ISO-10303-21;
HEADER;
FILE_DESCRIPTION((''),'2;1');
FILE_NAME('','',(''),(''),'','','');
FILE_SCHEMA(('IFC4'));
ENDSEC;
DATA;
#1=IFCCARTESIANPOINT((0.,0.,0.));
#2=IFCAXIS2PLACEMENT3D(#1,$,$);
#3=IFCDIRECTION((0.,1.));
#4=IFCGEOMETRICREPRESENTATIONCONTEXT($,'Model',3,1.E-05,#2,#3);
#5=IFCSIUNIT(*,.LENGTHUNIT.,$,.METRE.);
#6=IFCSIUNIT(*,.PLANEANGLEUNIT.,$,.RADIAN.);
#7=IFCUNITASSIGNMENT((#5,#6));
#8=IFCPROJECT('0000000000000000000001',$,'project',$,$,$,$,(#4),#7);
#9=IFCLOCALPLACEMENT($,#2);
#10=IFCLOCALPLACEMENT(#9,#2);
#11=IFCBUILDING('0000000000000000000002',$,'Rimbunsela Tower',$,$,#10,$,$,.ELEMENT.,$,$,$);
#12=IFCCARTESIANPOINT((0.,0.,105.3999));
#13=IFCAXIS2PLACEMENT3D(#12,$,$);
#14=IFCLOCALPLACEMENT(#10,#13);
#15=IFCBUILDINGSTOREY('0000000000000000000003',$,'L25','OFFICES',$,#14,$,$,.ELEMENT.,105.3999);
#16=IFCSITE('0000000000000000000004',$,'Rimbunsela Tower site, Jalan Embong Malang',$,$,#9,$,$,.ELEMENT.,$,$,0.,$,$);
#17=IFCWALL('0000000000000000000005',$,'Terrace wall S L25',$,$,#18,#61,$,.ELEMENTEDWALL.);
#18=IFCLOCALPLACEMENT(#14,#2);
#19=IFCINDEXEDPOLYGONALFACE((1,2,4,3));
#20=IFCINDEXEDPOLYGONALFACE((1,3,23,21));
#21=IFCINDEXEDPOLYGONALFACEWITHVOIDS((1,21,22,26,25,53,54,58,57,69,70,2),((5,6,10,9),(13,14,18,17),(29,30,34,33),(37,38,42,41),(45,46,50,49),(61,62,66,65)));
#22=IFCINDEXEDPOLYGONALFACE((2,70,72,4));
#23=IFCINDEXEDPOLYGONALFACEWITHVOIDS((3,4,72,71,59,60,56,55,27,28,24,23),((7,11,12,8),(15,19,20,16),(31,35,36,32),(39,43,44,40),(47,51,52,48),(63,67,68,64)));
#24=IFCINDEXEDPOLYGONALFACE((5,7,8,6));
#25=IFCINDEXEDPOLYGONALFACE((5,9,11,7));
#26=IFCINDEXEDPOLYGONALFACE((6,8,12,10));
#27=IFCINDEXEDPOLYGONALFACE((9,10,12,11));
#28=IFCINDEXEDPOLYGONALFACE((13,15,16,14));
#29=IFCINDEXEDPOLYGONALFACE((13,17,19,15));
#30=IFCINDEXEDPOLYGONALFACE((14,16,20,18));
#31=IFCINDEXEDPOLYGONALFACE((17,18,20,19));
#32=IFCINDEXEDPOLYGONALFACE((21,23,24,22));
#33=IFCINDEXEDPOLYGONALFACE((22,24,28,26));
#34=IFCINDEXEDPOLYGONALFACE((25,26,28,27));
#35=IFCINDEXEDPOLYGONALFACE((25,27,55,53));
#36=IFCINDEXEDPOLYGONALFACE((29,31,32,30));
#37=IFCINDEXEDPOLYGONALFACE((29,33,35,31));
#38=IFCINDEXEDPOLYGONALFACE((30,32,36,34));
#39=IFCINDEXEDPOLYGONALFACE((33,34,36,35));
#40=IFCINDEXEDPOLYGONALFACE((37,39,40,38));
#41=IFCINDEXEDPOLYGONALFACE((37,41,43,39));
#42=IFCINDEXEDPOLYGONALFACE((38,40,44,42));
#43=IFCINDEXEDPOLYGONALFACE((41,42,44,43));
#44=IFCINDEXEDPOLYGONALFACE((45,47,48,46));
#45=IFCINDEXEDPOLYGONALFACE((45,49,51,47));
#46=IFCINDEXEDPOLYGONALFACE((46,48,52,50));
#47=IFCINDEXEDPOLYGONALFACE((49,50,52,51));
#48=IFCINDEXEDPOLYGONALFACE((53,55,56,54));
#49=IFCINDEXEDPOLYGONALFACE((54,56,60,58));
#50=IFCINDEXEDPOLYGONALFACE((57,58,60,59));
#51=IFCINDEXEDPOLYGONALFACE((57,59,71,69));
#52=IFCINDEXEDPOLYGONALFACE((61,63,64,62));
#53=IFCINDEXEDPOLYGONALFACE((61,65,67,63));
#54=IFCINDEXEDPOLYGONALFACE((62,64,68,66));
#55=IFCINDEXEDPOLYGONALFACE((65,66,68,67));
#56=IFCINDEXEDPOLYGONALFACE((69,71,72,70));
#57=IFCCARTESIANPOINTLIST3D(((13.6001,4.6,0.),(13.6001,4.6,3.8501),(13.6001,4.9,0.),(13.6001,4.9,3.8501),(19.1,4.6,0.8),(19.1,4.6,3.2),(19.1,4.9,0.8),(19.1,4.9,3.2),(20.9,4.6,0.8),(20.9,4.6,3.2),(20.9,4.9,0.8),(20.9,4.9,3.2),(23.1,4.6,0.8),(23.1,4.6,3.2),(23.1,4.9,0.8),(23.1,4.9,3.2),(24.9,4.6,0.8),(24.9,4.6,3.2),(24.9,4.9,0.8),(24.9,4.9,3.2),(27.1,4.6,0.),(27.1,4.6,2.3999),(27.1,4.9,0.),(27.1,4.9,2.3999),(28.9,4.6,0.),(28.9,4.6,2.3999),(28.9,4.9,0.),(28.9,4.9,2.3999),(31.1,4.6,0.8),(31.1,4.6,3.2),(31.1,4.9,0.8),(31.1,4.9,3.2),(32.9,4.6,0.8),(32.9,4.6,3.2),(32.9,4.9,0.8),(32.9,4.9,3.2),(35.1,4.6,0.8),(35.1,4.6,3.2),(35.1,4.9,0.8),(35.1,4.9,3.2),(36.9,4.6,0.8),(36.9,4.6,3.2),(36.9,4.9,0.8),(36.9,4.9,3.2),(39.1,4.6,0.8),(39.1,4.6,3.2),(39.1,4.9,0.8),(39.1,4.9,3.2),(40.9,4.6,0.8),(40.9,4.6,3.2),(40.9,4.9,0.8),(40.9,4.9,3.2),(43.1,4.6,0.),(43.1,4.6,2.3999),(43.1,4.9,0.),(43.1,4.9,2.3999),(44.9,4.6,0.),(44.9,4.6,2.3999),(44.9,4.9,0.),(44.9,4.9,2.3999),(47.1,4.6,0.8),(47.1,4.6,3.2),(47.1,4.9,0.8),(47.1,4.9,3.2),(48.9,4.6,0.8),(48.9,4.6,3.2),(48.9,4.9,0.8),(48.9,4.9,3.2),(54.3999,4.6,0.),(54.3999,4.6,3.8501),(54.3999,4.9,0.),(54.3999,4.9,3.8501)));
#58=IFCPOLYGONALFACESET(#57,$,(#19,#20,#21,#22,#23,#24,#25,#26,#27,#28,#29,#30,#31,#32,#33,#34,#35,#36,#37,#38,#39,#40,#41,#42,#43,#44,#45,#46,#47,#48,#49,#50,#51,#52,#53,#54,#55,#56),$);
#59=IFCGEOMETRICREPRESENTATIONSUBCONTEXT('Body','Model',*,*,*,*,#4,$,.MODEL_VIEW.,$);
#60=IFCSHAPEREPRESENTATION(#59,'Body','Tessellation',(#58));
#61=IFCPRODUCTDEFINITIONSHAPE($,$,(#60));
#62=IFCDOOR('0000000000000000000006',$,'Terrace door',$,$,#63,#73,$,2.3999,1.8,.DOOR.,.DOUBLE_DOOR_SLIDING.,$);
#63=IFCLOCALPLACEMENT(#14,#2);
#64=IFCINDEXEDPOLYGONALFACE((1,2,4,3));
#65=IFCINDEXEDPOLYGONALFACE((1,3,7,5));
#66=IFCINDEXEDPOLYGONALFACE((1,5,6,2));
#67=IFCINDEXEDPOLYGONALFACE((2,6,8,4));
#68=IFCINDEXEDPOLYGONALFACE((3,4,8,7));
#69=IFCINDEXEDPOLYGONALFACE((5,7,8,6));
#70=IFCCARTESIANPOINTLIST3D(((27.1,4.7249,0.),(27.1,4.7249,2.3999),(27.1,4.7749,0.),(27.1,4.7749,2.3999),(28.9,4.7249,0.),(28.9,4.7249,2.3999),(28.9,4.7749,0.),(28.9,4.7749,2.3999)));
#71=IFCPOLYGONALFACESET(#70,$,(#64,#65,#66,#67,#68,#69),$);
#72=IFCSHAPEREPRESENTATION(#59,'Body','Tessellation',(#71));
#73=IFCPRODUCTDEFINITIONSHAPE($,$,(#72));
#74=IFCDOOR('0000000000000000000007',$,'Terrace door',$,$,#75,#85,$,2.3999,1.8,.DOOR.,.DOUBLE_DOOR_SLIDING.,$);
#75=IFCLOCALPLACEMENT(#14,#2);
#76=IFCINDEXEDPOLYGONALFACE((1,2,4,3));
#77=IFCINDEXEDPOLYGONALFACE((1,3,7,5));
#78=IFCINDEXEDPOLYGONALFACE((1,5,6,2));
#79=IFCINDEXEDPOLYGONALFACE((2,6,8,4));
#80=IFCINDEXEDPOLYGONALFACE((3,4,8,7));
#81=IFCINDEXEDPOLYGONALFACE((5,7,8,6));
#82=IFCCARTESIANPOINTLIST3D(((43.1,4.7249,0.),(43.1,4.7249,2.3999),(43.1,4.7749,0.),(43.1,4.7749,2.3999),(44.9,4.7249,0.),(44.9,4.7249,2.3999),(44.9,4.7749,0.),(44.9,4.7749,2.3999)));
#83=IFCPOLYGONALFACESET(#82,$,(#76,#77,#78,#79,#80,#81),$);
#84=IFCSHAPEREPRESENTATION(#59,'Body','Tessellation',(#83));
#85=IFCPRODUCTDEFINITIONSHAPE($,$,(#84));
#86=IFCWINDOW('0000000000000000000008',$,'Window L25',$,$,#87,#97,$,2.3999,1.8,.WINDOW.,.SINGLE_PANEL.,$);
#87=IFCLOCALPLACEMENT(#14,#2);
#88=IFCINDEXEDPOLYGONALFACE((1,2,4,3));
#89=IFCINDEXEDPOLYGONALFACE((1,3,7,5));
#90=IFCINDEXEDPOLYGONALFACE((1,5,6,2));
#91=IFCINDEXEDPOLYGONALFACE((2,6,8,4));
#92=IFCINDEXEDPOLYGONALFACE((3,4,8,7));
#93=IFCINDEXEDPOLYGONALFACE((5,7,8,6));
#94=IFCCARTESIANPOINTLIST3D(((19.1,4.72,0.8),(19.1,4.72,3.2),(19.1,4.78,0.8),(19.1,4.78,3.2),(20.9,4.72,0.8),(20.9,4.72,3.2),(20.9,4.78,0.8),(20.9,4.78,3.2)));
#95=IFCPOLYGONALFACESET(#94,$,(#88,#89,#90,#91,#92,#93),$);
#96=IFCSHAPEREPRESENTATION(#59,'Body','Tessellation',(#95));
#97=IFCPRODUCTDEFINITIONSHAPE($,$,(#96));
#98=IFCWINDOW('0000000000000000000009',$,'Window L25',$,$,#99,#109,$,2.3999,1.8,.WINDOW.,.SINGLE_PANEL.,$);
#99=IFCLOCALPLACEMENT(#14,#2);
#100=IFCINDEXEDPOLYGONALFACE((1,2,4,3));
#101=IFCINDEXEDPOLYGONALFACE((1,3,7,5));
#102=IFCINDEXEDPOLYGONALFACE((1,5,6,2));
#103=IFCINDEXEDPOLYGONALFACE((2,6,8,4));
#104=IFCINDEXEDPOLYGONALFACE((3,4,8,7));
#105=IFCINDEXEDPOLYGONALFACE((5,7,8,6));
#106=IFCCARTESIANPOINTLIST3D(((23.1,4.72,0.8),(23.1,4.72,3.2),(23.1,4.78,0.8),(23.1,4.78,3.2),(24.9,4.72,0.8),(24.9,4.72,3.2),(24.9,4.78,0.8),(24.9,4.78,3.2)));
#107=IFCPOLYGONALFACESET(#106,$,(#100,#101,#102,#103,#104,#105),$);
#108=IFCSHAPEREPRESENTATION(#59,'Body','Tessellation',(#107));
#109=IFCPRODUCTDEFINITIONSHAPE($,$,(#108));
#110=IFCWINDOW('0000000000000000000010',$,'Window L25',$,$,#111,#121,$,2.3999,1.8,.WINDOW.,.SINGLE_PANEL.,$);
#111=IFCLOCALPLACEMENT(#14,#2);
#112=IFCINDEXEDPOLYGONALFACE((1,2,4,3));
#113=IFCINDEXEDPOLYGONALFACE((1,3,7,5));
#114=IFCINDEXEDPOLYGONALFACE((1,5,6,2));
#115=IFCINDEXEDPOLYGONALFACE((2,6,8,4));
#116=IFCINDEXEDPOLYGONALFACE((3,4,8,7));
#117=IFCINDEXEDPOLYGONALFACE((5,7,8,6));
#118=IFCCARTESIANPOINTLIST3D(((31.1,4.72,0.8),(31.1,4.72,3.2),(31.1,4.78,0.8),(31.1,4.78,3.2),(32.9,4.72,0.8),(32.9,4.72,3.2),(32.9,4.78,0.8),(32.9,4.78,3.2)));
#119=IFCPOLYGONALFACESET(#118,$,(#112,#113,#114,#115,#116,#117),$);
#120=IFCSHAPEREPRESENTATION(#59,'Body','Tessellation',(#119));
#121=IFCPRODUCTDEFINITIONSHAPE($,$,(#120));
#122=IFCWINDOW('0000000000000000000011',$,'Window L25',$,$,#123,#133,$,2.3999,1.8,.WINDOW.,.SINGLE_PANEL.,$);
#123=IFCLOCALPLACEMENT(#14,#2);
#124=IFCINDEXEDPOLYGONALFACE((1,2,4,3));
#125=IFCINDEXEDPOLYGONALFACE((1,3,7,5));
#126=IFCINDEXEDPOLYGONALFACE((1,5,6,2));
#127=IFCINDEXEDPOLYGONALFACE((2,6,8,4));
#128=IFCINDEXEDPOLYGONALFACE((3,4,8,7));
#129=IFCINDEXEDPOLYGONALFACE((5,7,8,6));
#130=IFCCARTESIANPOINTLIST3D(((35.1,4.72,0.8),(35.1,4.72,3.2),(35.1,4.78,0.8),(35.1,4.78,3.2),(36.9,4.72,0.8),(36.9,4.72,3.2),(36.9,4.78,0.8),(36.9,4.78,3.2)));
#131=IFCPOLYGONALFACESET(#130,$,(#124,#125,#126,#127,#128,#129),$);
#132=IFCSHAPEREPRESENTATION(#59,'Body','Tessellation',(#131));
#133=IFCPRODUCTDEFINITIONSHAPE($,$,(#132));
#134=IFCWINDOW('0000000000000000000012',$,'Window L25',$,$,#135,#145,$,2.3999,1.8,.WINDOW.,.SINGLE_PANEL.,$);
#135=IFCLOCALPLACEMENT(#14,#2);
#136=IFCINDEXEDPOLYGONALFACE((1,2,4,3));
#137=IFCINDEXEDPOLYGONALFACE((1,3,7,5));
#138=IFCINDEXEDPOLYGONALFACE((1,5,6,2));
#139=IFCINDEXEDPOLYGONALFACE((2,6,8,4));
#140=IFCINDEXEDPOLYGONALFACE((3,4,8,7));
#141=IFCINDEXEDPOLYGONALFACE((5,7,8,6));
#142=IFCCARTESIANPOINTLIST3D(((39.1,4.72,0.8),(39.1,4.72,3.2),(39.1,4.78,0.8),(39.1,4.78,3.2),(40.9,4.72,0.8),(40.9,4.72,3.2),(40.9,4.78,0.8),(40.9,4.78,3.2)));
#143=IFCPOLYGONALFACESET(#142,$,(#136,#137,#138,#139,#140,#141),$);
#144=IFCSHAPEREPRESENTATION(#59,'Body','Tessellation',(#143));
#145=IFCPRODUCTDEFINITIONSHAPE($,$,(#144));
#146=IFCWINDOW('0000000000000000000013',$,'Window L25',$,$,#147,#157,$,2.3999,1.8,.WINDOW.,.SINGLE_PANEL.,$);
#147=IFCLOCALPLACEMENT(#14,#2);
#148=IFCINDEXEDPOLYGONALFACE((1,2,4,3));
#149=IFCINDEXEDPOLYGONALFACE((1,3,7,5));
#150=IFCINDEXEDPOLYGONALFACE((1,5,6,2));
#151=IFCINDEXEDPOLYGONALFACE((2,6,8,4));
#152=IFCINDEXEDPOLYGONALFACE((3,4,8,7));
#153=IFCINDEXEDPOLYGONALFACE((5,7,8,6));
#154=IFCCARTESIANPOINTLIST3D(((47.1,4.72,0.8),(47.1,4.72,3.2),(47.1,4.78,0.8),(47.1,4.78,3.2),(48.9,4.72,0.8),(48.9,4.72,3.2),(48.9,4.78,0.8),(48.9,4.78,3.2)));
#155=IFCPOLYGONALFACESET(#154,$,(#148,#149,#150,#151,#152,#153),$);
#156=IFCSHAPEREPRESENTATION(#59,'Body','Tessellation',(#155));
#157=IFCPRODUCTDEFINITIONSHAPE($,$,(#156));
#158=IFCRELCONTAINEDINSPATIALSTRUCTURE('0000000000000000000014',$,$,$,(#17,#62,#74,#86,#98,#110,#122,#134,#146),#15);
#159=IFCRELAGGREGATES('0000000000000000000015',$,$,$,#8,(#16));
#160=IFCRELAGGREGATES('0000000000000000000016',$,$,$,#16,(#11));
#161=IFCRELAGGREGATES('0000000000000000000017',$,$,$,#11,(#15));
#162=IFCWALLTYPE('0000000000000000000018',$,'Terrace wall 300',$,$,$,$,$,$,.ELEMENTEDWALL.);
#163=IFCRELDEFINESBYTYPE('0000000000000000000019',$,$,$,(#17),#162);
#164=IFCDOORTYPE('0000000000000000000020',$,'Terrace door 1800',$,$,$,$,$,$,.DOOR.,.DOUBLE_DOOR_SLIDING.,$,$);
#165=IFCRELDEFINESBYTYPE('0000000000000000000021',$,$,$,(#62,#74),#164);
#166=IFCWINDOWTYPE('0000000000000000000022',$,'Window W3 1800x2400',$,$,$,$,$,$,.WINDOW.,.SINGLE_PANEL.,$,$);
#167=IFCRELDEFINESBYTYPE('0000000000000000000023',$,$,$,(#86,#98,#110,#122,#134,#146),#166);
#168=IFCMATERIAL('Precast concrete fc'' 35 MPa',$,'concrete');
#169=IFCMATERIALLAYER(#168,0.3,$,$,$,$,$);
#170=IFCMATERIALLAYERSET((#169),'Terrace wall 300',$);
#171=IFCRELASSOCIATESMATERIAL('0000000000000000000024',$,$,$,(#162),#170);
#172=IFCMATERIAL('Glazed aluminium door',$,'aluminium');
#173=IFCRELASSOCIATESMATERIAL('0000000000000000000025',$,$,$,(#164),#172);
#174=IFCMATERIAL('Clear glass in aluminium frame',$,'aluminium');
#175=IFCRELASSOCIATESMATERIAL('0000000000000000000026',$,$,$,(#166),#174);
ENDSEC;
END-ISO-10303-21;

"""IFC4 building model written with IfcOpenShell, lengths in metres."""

from ifc_helpers import new_model, si_unit, direction, frame, frame_2d, origin, place, context, subcontext, project, spatial, rectangle, extrude, material, layer, layer_set, type_object, element, fill, save


model = new_model("IFC4")

# Units and contexts
model_context = context("Model", 3, precision=1e-05, world=origin(), true_north=direction((0.0, 1.0)))
body_context = subcontext(model_context, "Body", "Model", "MODEL_VIEW")
ifc_project = project(units=[si_unit("LENGTHUNIT", "METRE"), si_unit("PLANEANGLEUNIT", "RADIAN")], contexts=[model_context])

# Site, building, storey
site_placement = place(None, origin())
site = spatial("IfcSite", under=ifc_project, at=site_placement, Name="Rimbunsela Tower site, Jalan Embong Malang", CompositionType="ELEMENT", RefElevation=0.0)
building_placement = place(site_placement, origin())
building = spatial("IfcBuilding", under=site, at=building_placement, Name="Rimbunsela Tower", CompositionType="ELEMENT")
storey_placement = place(building_placement, frame((0.0, 0.0, 105.3999)))
storey = spatial("IfcBuildingStorey", under=building, at=storey_placement, Name="L25", Description="OFFICES", CompositionType="ELEMENT", Elevation=105.3999)

# Wall, openings, doors, windows
ifc_material_1 = material(Name="Precast concrete fc' 35 MPa", Category="concrete")
ifc_layer_1 = layer(ifc_material_1, 0.3)
ifc_layer_set_1 = layer_set([ifc_layer_1], Name="Terrace wall 300")
wall_type_1 = type_object("IfcWallType", Name="Terrace wall 300", PredefinedType="ELEMENTEDWALL", material=ifc_layer_set_1)
wall_1_placement = place(storey_placement, frame((13.6001, 4.75, 0.0), z_axis=(0.0, 0.0, 1.0), x_axis=(1.0, 0.0, 0.0)))
wall_1 = element("IfcWall", 1, at=wall_1_placement, inside=storey, type_object=wall_type_1, Name="Terrace wall S L25", PredefinedType="ELEMENTEDWALL", context=body_context, shape_type="SweptSolid", body=[
    extrude(rectangle(XDim=40.7998, YDim=0.3, at=frame_2d((20.3999, 0.0))), origin(), (0.0, 0.0, 1.0), 3.8501),
])
opening_1_placement = place(wall_1_placement, frame((5.5, 0.0, 0.8)))
opening_1 = element("IfcOpeningElement", 2, at=opening_1_placement, cuts=wall_1, PredefinedType="OPENING", context=body_context, shape_type="SweptSolid", body=[
    extrude(rectangle(XDim=1.8, YDim=2.3999, at=frame_2d((0.8999, 1.2))), frame((0.0, 0.1599, 0.0), z_axis=(0.0, -1.0, 0.0), x_axis=(1.0, 0.0, 0.0)), (0.0, 0.0, 1.0), 0.3201),
])
opening_2_placement = place(wall_1_placement, frame((9.5, 0.0, 0.8)))
opening_2 = element("IfcOpeningElement", 3, at=opening_2_placement, cuts=wall_1, PredefinedType="OPENING", context=body_context, shape_type="SweptSolid", body=[
    extrude(rectangle(XDim=1.8, YDim=2.3999, at=frame_2d((0.8999, 1.2))), frame((0.0, 0.1599, 0.0), z_axis=(0.0, -1.0, 0.0), x_axis=(1.0, 0.0, 0.0)), (0.0, 0.0, 1.0), 0.3201),
])
opening_3_placement = place(wall_1_placement, frame((13.5, 0.0, 0.0)))
opening_3 = element("IfcOpeningElement", 4, at=opening_3_placement, cuts=wall_1, PredefinedType="OPENING", context=body_context, shape_type="SweptSolid", body=[
    extrude(rectangle(XDim=1.8, YDim=2.3999, at=frame_2d((0.8999, 1.2))), frame((0.0, 0.1599, 0.0), z_axis=(0.0, -1.0, 0.0), x_axis=(1.0, 0.0, 0.0)), (0.0, 0.0, 1.0), 0.3201),
])
opening_4_placement = place(wall_1_placement, frame((17.5, 0.0, 0.8)))
opening_4 = element("IfcOpeningElement", 5, at=opening_4_placement, cuts=wall_1, PredefinedType="OPENING", context=body_context, shape_type="SweptSolid", body=[
    extrude(rectangle(XDim=1.8, YDim=2.3999, at=frame_2d((0.8999, 1.2))), frame((0.0, 0.1599, 0.0), z_axis=(0.0, -1.0, 0.0), x_axis=(1.0, 0.0, 0.0)), (0.0, 0.0, 1.0), 0.3201),
])
opening_5_placement = place(wall_1_placement, frame((21.5, 0.0, 0.8)))
opening_5 = element("IfcOpeningElement", 6, at=opening_5_placement, cuts=wall_1, PredefinedType="OPENING", context=body_context, shape_type="SweptSolid", body=[
    extrude(rectangle(XDim=1.8, YDim=2.3999, at=frame_2d((0.8999, 1.2))), frame((0.0, 0.1599, 0.0), z_axis=(0.0, -1.0, 0.0), x_axis=(1.0, 0.0, 0.0)), (0.0, 0.0, 1.0), 0.3201),
])
opening_6_placement = place(wall_1_placement, frame((25.5, 0.0, 0.8)))
opening_6 = element("IfcOpeningElement", 7, at=opening_6_placement, cuts=wall_1, PredefinedType="OPENING", context=body_context, shape_type="SweptSolid", body=[
    extrude(rectangle(XDim=1.8, YDim=2.3999, at=frame_2d((0.8999, 1.2))), frame((0.0, 0.1599, 0.0), z_axis=(0.0, -1.0, 0.0), x_axis=(1.0, 0.0, 0.0)), (0.0, 0.0, 1.0), 0.3201),
])
opening_7_placement = place(wall_1_placement, frame((29.5, 0.0, 0.0)))
opening_7 = element("IfcOpeningElement", 8, at=opening_7_placement, cuts=wall_1, PredefinedType="OPENING", context=body_context, shape_type="SweptSolid", body=[
    extrude(rectangle(XDim=1.8, YDim=2.3999, at=frame_2d((0.8999, 1.2))), frame((0.0, 0.1599, 0.0), z_axis=(0.0, -1.0, 0.0), x_axis=(1.0, 0.0, 0.0)), (0.0, 0.0, 1.0), 0.3201),
])
opening_8_placement = place(wall_1_placement, frame((33.5, 0.0, 0.8)))
opening_8 = element("IfcOpeningElement", 9, at=opening_8_placement, cuts=wall_1, PredefinedType="OPENING", context=body_context, shape_type="SweptSolid", body=[
    extrude(rectangle(XDim=1.8, YDim=2.3999, at=frame_2d((0.8999, 1.2))), frame((0.0, 0.1599, 0.0), z_axis=(0.0, -1.0, 0.0), x_axis=(1.0, 0.0, 0.0)), (0.0, 0.0, 1.0), 0.3201),
])
ifc_material_2 = material(Name="Glazed aluminium door", Category="aluminium")
door_type = type_object("IfcDoorType", Name="Terrace door 1800", OperationType="DOUBLE_DOOR_SLIDING", PredefinedType="DOOR", material=ifc_material_2)
door_1_placement = place(opening_3_placement, origin())
door_1 = element("IfcDoor", 10, at=door_1_placement, inside=storey, type_object=door_type, Name="Terrace door", OperationType="DOUBLE_DOOR_SLIDING", OverallHeight=2.3999, OverallWidth=1.8, PredefinedType="DOOR", context=body_context, shape_type="SweptSolid", body=[
    extrude(rectangle(XDim=1.8, YDim=2.3999, at=frame_2d((0.8999, 1.2))), frame((0.0, 0.0249, 0.0), z_axis=(0.0, -1.0, 0.0), x_axis=(1.0, 0.0, 0.0)), (0.0, 0.0, 1.0), 0.05),
])
fill(opening_3, door_1)
door_2_placement = place(opening_7_placement, origin())
door_2 = element("IfcDoor", 11, at=door_2_placement, inside=storey, type_object=door_type, Name="Terrace door", OperationType="DOUBLE_DOOR_SLIDING", OverallHeight=2.3999, OverallWidth=1.8, PredefinedType="DOOR", context=body_context, shape_type="SweptSolid", body=[
    extrude(rectangle(XDim=1.8, YDim=2.3999, at=frame_2d((0.8999, 1.2))), frame((0.0, 0.0249, 0.0), z_axis=(0.0, -1.0, 0.0), x_axis=(1.0, 0.0, 0.0)), (0.0, 0.0, 1.0), 0.05),
])
fill(opening_7, door_2)
ifc_material_3 = material(Name="Clear glass in aluminium frame", Category="aluminium")
window_type = type_object("IfcWindowType", Name="Window W3 1800x2400", PartitioningType="SINGLE_PANEL", PredefinedType="WINDOW", material=ifc_material_3)
window_1_placement = place(opening_1_placement, origin())
window_1 = element("IfcWindow", 12, at=window_1_placement, inside=storey, type_object=window_type, Name="Window L25", OverallHeight=2.3999, OverallWidth=1.8, PartitioningType="SINGLE_PANEL", PredefinedType="WINDOW", context=body_context, shape_type="SweptSolid", body=[
    extrude(rectangle(XDim=1.8, YDim=2.3999, at=frame_2d((0.8999, 1.2))), frame((0.0, 0.03, 0.0), z_axis=(0.0, -1.0, 0.0), x_axis=(1.0, 0.0, 0.0)), (0.0, 0.0, 1.0), 0.0601),
])
fill(opening_1, window_1)
window_2_placement = place(opening_2_placement, origin())
window_2 = element("IfcWindow", 13, at=window_2_placement, inside=storey, type_object=window_type, Name="Window L25", OverallHeight=2.3999, OverallWidth=1.8, PartitioningType="SINGLE_PANEL", PredefinedType="WINDOW", context=body_context, shape_type="SweptSolid", body=[
    extrude(rectangle(XDim=1.8, YDim=2.3999, at=frame_2d((0.8999, 1.2))), frame((0.0, 0.03, 0.0), z_axis=(0.0, -1.0, 0.0), x_axis=(1.0, 0.0, 0.0)), (0.0, 0.0, 1.0), 0.0601),
])
fill(opening_2, window_2)
window_3_placement = place(opening_4_placement, origin())
window_3 = element("IfcWindow", 14, at=window_3_placement, inside=storey, type_object=window_type, Name="Window L25", OverallHeight=2.3999, OverallWidth=1.8, PartitioningType="SINGLE_PANEL", PredefinedType="WINDOW", context=body_context, shape_type="SweptSolid", body=[
    extrude(rectangle(XDim=1.8, YDim=2.3999, at=frame_2d((0.8999, 1.2))), frame((0.0, 0.03, 0.0), z_axis=(0.0, -1.0, 0.0), x_axis=(1.0, 0.0, 0.0)), (0.0, 0.0, 1.0), 0.0601),
])
fill(opening_4, window_3)
window_4_placement = place(opening_5_placement, origin())
window_4 = element("IfcWindow", 15, at=window_4_placement, inside=storey, type_object=window_type, Name="Window L25", OverallHeight=2.3999, OverallWidth=1.8, PartitioningType="SINGLE_PANEL", PredefinedType="WINDOW", context=body_context, shape_type="SweptSolid", body=[
    extrude(rectangle(XDim=1.8, YDim=2.3999, at=frame_2d((0.8999, 1.2))), frame((0.0, 0.03, 0.0), z_axis=(0.0, -1.0, 0.0), x_axis=(1.0, 0.0, 0.0)), (0.0, 0.0, 1.0), 0.0601),
])
fill(opening_5, window_4)
window_5_placement = place(opening_6_placement, origin())
window_5 = element("IfcWindow", 16, at=window_5_placement, inside=storey, type_object=window_type, Name="Window L25", OverallHeight=2.3999, OverallWidth=1.8, PartitioningType="SINGLE_PANEL", PredefinedType="WINDOW", context=body_context, shape_type="SweptSolid", body=[
    extrude(rectangle(XDim=1.8, YDim=2.3999, at=frame_2d((0.8999, 1.2))), frame((0.0, 0.03, 0.0), z_axis=(0.0, -1.0, 0.0), x_axis=(1.0, 0.0, 0.0)), (0.0, 0.0, 1.0), 0.0601),
])
fill(opening_6, window_5)
window_6_placement = place(opening_8_placement, origin())
window_6 = element("IfcWindow", 17, at=window_6_placement, inside=storey, type_object=window_type, Name="Window L25", OverallHeight=2.3999, OverallWidth=1.8, PartitioningType="SINGLE_PANEL", PredefinedType="WINDOW", context=body_context, shape_type="SweptSolid", body=[
    extrude(rectangle(XDim=1.8, YDim=2.3999, at=frame_2d((0.8999, 1.2))), frame((0.0, 0.03, 0.0), z_axis=(0.0, -1.0, 0.0), x_axis=(1.0, 0.0, 0.0)), (0.0, 0.0, 1.0), 0.0601),
])
fill(opening_8, window_6)

save(model, "model.ifc")
